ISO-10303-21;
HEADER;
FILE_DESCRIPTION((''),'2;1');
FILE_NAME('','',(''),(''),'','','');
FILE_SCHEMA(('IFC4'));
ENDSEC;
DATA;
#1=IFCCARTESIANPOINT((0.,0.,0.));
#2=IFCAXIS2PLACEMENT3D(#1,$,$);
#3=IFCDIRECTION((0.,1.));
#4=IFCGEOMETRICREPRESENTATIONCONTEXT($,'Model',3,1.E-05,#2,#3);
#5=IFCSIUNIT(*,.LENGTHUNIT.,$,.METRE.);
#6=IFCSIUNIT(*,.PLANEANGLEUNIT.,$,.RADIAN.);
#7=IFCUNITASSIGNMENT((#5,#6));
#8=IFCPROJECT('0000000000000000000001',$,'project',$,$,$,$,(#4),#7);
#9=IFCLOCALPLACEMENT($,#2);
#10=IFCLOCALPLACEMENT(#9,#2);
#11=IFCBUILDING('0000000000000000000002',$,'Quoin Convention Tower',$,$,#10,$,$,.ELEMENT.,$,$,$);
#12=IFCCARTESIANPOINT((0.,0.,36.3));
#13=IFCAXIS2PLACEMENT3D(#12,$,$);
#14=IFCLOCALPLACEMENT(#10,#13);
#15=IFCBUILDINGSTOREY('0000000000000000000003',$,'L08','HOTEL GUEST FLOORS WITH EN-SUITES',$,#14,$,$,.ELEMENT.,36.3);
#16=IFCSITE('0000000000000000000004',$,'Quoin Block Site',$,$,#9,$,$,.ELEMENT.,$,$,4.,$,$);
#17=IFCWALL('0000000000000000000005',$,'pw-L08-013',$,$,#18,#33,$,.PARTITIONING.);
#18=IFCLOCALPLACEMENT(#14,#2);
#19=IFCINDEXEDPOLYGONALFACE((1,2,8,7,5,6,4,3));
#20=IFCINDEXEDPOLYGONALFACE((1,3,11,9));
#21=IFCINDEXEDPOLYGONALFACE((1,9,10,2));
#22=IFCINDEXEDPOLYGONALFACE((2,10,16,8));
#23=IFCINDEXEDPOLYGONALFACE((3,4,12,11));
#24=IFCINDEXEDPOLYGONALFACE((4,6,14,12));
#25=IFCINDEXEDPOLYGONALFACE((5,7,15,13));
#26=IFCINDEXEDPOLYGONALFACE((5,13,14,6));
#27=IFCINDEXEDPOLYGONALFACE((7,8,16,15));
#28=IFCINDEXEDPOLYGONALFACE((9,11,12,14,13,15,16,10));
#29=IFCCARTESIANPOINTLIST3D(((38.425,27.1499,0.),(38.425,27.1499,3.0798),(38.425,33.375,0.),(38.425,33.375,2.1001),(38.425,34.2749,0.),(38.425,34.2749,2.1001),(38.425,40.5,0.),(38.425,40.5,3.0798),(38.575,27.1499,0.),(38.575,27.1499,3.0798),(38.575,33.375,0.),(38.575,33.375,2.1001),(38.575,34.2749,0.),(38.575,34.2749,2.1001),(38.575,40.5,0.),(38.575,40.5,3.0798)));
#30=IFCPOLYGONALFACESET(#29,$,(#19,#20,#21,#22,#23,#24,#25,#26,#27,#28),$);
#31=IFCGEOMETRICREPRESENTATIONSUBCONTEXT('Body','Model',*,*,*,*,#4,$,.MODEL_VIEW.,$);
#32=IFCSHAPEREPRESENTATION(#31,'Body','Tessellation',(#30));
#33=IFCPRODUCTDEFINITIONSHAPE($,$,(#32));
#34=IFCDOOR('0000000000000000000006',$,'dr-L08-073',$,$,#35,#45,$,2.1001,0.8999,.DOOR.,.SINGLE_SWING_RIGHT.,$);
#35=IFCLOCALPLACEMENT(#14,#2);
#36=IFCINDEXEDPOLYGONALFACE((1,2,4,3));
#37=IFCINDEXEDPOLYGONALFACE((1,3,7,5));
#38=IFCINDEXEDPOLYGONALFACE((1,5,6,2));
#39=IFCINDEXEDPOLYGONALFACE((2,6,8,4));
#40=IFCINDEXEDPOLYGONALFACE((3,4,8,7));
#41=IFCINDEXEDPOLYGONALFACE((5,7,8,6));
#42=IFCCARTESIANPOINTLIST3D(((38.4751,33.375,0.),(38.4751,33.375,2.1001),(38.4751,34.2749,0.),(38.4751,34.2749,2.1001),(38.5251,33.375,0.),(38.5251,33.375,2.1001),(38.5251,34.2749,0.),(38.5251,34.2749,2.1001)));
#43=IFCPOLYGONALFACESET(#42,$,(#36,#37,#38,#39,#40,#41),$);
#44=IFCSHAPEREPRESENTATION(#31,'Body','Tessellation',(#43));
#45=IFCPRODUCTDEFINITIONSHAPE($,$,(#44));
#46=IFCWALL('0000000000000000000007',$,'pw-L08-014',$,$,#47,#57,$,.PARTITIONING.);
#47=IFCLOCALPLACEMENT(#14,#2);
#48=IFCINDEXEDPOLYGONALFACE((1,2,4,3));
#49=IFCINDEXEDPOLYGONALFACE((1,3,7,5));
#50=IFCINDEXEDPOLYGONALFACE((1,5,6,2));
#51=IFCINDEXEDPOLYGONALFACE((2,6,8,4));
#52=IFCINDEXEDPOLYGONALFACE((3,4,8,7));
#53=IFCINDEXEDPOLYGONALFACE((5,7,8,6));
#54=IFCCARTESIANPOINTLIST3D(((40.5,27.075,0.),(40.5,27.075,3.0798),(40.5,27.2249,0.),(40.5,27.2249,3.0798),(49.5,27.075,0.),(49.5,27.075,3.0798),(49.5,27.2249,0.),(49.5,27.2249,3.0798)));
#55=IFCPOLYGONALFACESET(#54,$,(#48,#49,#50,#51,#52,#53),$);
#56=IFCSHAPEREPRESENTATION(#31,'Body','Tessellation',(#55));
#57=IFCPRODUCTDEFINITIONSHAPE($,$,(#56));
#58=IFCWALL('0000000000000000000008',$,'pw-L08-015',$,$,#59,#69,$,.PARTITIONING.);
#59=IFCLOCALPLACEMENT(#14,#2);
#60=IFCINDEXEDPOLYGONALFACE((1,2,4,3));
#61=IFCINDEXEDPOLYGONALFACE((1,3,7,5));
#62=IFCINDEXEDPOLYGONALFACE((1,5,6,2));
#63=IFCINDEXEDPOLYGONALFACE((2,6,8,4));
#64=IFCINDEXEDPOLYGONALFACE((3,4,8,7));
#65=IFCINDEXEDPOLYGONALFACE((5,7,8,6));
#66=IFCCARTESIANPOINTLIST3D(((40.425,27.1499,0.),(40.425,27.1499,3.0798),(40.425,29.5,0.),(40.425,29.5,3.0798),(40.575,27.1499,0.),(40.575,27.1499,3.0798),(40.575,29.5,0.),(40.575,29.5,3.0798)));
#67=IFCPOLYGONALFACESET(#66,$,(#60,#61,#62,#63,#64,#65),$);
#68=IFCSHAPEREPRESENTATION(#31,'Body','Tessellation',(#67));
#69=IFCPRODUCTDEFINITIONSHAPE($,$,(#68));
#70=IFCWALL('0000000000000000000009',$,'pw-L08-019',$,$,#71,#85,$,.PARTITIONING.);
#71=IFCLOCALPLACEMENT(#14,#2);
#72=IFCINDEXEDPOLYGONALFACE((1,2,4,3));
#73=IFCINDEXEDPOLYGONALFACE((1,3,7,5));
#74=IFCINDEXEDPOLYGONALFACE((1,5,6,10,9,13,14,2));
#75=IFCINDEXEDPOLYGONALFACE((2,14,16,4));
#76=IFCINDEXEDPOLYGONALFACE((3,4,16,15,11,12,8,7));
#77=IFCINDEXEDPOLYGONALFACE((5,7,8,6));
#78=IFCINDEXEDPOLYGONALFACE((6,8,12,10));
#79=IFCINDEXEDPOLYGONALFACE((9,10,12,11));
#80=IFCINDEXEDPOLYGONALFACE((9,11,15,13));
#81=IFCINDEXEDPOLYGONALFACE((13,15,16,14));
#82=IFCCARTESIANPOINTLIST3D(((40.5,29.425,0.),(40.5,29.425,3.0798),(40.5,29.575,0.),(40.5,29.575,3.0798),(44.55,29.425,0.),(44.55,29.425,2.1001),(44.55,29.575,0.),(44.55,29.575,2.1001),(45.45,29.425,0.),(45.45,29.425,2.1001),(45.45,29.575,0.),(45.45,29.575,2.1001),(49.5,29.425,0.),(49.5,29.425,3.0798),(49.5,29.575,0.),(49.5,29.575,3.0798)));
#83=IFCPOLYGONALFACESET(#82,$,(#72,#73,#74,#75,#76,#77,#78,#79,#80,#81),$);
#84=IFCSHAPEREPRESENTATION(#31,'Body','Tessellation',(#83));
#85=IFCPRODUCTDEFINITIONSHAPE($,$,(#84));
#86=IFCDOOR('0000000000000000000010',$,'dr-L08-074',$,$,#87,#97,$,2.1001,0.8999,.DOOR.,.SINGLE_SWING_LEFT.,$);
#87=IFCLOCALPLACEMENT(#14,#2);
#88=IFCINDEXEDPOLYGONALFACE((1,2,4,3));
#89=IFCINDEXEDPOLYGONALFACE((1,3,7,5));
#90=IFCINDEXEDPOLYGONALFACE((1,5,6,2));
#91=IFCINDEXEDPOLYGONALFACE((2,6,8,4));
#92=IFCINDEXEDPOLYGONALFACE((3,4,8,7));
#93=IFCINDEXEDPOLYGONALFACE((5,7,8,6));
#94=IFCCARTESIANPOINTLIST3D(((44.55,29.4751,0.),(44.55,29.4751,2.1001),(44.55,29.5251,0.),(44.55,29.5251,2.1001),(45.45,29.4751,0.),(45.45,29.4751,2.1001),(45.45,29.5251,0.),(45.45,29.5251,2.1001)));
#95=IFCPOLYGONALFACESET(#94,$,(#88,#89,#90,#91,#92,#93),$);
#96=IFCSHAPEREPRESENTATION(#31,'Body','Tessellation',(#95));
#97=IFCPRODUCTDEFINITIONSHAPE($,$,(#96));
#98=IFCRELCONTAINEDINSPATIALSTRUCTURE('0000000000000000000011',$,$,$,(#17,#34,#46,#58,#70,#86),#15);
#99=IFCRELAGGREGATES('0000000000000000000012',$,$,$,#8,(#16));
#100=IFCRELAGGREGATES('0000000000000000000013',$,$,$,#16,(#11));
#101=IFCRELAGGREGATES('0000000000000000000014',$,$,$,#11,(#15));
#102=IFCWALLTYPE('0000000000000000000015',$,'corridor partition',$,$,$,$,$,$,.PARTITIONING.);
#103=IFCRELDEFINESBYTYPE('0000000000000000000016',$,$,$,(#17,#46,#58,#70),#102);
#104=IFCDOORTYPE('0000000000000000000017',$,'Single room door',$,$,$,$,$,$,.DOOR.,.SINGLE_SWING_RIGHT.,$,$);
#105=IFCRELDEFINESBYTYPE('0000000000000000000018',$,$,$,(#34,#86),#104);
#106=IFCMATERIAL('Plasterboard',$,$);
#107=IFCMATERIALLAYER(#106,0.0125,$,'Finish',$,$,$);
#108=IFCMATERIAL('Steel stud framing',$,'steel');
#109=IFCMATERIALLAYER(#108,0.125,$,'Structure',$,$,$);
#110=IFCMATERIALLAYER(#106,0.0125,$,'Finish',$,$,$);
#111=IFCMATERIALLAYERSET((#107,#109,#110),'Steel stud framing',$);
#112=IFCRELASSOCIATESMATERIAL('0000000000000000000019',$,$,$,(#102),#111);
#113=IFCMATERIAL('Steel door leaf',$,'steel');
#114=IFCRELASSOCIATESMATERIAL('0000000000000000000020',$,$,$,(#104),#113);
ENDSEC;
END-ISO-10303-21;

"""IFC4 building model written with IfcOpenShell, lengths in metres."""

from ifc_helpers import new_model, si_unit, direction, frame, frame_2d, origin, place, context, subcontext, project, spatial, rectangle, extrude, material, layer, layer_set, type_object, element, fill, save


model = new_model("IFC4")

# Units and contexts
model_context = context("Model", 3, precision=1e-05, world=origin(), true_north=direction((0.0, 1.0)))
body_context = subcontext(model_context, "Body", "Model", "MODEL_VIEW")
ifc_project = project(units=[si_unit("LENGTHUNIT", "METRE"), si_unit("PLANEANGLEUNIT", "RADIAN")], contexts=[model_context])

# Site, building, storey
site_placement = place(None, origin())
site = spatial("IfcSite", under=ifc_project, at=site_placement, Name="Quoin Block Site", CompositionType="ELEMENT", RefElevation=4.0)
building_placement = place(site_placement, origin())
building = spatial("IfcBuilding", under=site, at=building_placement, Name="Quoin Convention Tower", CompositionType="ELEMENT")
storey_placement = place(building_placement, frame((0.0, 0.0, 36.3)))
storey = spatial("IfcBuildingStorey", under=building, at=storey_placement, Name="L08", Description="HOTEL GUEST FLOORS WITH EN-SUITES", CompositionType="ELEMENT", Elevation=36.3)

# Wall, opening, door
ifc_material_1 = material(Name="Steel door leaf", Category="steel")
ifc_material_2 = material(Name="Plasterboard")
ifc_layer_1 = layer(ifc_material_2, 0.0125, Name="Finish")
ifc_material_3 = material(Name="Steel stud framing", Category="steel")
ifc_layer_2 = layer(ifc_material_3, 0.125, Name="Structure")
ifc_layer_3 = layer(ifc_material_2, 0.0125, Name="Finish")
ifc_layer_set_1 = layer_set([ifc_layer_1, ifc_layer_2, ifc_layer_3], Name="Steel stud framing")
wall_type_1 = type_object("IfcWallType", Name="corridor partition", PredefinedType="PARTITIONING", material=ifc_layer_set_1)
wall_1_placement = place(storey_placement, frame((38.5, 27.1499, 0.0), z_axis=(0.0, 0.0, 1.0), x_axis=(0.0, 1.0, 0.0)))
wall_1 = element("IfcWall", 1, at=wall_1_placement, inside=storey, type_object=wall_type_1, Name="pw-L08-013", PredefinedType="PARTITIONING", context=body_context, shape_type="SweptSolid", body=[
    extrude(rectangle(XDim=13.3501, YDim=0.1499, at=frame_2d((6.675, 0.0))), origin(), (0.0, 0.0, 1.0), 3.0798),
])
opening_1_placement = place(wall_1_placement, frame((6.2251, 0.0, 0.0)))
opening_1 = element("IfcOpeningElement", 2, at=opening_1_placement, cuts=wall_1, PredefinedType="OPENING", context=body_context, shape_type="SweptSolid", body=[
    extrude(rectangle(XDim=0.8999, YDim=2.1001, at=frame_2d((0.45, 1.05))), frame((0.0, 0.085, 0.0), z_axis=(0.0, -1.0, 0.0), x_axis=(1.0, 0.0, 0.0)), (0.0, 0.0, 1.0), 0.1699),
])
door_type_1 = type_object("IfcDoorType", Name="Single room door", OperationType="SINGLE_SWING_RIGHT", PredefinedType="DOOR", material=ifc_material_1)
door_1_placement = place(opening_1_placement, origin())
door_1 = element("IfcDoor", 3, at=door_1_placement, inside=storey, type_object=door_type_1, Name="dr-L08-073", OperationType="SINGLE_SWING_RIGHT", OverallHeight=2.1001, OverallWidth=0.8999, PredefinedType="DOOR", context=body_context, shape_type="SweptSolid", body=[
    extrude(rectangle(XDim=0.8999, YDim=2.1001, at=frame_2d((0.45, 1.05))), frame((0.0, 0.0249, 0.0), z_axis=(0.0, -1.0, 0.0), x_axis=(1.0, 0.0, 0.0)), (0.0, 0.0, 1.0), 0.05),
])
fill(opening_1, door_1)

# Walls
wall_2_placement = place(storey_placement, frame((40.5, 27.1499, 0.0), z_axis=(0.0, 0.0, 1.0), x_axis=(1.0, 0.0, 0.0)))
element("IfcWall", 4, at=wall_2_placement, inside=storey, type_object=wall_type_1, Name="pw-L08-014", PredefinedType="PARTITIONING", context=body_context, shape_type="SweptSolid", body=[
    extrude(rectangle(XDim=9.0, YDim=0.1499, at=frame_2d((4.5, 0.0))), origin(), (0.0, 0.0, 1.0), 3.0798),
])
wall_3_placement = place(storey_placement, frame((40.5, 27.1499, 0.0), z_axis=(0.0, 0.0, 1.0), x_axis=(0.0, 1.0, 0.0)))
element("IfcWall", 5, at=wall_3_placement, inside=storey, type_object=wall_type_1, Name="pw-L08-015", PredefinedType="PARTITIONING", context=body_context, shape_type="SweptSolid", body=[
    extrude(rectangle(XDim=2.3501, YDim=0.1499, at=frame_2d((1.175, 0.0))), origin(), (0.0, 0.0, 1.0), 3.0798),
])

# Wall, opening, door
wall_4_placement = place(storey_placement, frame((40.5, 29.5, 0.0), z_axis=(0.0, 0.0, 1.0), x_axis=(1.0, 0.0, 0.0)))
wall_4 = element("IfcWall", 6, at=wall_4_placement, inside=storey, type_object=wall_type_1, Name="pw-L08-019", PredefinedType="PARTITIONING", context=body_context, shape_type="SweptSolid", body=[
    extrude(rectangle(XDim=9.0, YDim=0.1499, at=frame_2d((4.5, 0.0))), origin(), (0.0, 0.0, 1.0), 3.0798),
])
opening_2_placement = place(wall_4_placement, frame((4.05, 0.0, 0.0)))
opening_2 = element("IfcOpeningElement", 7, at=opening_2_placement, cuts=wall_4, PredefinedType="OPENING", context=body_context, shape_type="SweptSolid", body=[
    extrude(rectangle(XDim=0.8999, YDim=2.1001, at=frame_2d((0.45, 1.05))), frame((0.0, 0.085, 0.0), z_axis=(0.0, -1.0, 0.0), x_axis=(1.0, 0.0, 0.0)), (0.0, 0.0, 1.0), 0.1699),
])
door_2_placement = place(opening_2_placement, frame((0.8999, 0.0, 0.0), z_axis=(0.0, 0.0, 1.0), x_axis=(-1.0, 0.0, 0.0)))
door_2 = element("IfcDoor", 8, at=door_2_placement, inside=storey, type_object=door_type_1, Name="dr-L08-074", OperationType="SINGLE_SWING_LEFT", OverallHeight=2.1001, OverallWidth=0.8999, PredefinedType="DOOR", context=body_context, shape_type="SweptSolid", body=[
    extrude(rectangle(XDim=0.8999, YDim=2.1001, at=frame_2d((0.45, 1.05))), frame((0.0, 0.0249, 0.0), z_axis=(0.0, -1.0, 0.0), x_axis=(1.0, 0.0, 0.0)), (0.0, 0.0, 1.0), 0.05),
])
fill(opening_2, door_2)

save(model, "model.ifc")
